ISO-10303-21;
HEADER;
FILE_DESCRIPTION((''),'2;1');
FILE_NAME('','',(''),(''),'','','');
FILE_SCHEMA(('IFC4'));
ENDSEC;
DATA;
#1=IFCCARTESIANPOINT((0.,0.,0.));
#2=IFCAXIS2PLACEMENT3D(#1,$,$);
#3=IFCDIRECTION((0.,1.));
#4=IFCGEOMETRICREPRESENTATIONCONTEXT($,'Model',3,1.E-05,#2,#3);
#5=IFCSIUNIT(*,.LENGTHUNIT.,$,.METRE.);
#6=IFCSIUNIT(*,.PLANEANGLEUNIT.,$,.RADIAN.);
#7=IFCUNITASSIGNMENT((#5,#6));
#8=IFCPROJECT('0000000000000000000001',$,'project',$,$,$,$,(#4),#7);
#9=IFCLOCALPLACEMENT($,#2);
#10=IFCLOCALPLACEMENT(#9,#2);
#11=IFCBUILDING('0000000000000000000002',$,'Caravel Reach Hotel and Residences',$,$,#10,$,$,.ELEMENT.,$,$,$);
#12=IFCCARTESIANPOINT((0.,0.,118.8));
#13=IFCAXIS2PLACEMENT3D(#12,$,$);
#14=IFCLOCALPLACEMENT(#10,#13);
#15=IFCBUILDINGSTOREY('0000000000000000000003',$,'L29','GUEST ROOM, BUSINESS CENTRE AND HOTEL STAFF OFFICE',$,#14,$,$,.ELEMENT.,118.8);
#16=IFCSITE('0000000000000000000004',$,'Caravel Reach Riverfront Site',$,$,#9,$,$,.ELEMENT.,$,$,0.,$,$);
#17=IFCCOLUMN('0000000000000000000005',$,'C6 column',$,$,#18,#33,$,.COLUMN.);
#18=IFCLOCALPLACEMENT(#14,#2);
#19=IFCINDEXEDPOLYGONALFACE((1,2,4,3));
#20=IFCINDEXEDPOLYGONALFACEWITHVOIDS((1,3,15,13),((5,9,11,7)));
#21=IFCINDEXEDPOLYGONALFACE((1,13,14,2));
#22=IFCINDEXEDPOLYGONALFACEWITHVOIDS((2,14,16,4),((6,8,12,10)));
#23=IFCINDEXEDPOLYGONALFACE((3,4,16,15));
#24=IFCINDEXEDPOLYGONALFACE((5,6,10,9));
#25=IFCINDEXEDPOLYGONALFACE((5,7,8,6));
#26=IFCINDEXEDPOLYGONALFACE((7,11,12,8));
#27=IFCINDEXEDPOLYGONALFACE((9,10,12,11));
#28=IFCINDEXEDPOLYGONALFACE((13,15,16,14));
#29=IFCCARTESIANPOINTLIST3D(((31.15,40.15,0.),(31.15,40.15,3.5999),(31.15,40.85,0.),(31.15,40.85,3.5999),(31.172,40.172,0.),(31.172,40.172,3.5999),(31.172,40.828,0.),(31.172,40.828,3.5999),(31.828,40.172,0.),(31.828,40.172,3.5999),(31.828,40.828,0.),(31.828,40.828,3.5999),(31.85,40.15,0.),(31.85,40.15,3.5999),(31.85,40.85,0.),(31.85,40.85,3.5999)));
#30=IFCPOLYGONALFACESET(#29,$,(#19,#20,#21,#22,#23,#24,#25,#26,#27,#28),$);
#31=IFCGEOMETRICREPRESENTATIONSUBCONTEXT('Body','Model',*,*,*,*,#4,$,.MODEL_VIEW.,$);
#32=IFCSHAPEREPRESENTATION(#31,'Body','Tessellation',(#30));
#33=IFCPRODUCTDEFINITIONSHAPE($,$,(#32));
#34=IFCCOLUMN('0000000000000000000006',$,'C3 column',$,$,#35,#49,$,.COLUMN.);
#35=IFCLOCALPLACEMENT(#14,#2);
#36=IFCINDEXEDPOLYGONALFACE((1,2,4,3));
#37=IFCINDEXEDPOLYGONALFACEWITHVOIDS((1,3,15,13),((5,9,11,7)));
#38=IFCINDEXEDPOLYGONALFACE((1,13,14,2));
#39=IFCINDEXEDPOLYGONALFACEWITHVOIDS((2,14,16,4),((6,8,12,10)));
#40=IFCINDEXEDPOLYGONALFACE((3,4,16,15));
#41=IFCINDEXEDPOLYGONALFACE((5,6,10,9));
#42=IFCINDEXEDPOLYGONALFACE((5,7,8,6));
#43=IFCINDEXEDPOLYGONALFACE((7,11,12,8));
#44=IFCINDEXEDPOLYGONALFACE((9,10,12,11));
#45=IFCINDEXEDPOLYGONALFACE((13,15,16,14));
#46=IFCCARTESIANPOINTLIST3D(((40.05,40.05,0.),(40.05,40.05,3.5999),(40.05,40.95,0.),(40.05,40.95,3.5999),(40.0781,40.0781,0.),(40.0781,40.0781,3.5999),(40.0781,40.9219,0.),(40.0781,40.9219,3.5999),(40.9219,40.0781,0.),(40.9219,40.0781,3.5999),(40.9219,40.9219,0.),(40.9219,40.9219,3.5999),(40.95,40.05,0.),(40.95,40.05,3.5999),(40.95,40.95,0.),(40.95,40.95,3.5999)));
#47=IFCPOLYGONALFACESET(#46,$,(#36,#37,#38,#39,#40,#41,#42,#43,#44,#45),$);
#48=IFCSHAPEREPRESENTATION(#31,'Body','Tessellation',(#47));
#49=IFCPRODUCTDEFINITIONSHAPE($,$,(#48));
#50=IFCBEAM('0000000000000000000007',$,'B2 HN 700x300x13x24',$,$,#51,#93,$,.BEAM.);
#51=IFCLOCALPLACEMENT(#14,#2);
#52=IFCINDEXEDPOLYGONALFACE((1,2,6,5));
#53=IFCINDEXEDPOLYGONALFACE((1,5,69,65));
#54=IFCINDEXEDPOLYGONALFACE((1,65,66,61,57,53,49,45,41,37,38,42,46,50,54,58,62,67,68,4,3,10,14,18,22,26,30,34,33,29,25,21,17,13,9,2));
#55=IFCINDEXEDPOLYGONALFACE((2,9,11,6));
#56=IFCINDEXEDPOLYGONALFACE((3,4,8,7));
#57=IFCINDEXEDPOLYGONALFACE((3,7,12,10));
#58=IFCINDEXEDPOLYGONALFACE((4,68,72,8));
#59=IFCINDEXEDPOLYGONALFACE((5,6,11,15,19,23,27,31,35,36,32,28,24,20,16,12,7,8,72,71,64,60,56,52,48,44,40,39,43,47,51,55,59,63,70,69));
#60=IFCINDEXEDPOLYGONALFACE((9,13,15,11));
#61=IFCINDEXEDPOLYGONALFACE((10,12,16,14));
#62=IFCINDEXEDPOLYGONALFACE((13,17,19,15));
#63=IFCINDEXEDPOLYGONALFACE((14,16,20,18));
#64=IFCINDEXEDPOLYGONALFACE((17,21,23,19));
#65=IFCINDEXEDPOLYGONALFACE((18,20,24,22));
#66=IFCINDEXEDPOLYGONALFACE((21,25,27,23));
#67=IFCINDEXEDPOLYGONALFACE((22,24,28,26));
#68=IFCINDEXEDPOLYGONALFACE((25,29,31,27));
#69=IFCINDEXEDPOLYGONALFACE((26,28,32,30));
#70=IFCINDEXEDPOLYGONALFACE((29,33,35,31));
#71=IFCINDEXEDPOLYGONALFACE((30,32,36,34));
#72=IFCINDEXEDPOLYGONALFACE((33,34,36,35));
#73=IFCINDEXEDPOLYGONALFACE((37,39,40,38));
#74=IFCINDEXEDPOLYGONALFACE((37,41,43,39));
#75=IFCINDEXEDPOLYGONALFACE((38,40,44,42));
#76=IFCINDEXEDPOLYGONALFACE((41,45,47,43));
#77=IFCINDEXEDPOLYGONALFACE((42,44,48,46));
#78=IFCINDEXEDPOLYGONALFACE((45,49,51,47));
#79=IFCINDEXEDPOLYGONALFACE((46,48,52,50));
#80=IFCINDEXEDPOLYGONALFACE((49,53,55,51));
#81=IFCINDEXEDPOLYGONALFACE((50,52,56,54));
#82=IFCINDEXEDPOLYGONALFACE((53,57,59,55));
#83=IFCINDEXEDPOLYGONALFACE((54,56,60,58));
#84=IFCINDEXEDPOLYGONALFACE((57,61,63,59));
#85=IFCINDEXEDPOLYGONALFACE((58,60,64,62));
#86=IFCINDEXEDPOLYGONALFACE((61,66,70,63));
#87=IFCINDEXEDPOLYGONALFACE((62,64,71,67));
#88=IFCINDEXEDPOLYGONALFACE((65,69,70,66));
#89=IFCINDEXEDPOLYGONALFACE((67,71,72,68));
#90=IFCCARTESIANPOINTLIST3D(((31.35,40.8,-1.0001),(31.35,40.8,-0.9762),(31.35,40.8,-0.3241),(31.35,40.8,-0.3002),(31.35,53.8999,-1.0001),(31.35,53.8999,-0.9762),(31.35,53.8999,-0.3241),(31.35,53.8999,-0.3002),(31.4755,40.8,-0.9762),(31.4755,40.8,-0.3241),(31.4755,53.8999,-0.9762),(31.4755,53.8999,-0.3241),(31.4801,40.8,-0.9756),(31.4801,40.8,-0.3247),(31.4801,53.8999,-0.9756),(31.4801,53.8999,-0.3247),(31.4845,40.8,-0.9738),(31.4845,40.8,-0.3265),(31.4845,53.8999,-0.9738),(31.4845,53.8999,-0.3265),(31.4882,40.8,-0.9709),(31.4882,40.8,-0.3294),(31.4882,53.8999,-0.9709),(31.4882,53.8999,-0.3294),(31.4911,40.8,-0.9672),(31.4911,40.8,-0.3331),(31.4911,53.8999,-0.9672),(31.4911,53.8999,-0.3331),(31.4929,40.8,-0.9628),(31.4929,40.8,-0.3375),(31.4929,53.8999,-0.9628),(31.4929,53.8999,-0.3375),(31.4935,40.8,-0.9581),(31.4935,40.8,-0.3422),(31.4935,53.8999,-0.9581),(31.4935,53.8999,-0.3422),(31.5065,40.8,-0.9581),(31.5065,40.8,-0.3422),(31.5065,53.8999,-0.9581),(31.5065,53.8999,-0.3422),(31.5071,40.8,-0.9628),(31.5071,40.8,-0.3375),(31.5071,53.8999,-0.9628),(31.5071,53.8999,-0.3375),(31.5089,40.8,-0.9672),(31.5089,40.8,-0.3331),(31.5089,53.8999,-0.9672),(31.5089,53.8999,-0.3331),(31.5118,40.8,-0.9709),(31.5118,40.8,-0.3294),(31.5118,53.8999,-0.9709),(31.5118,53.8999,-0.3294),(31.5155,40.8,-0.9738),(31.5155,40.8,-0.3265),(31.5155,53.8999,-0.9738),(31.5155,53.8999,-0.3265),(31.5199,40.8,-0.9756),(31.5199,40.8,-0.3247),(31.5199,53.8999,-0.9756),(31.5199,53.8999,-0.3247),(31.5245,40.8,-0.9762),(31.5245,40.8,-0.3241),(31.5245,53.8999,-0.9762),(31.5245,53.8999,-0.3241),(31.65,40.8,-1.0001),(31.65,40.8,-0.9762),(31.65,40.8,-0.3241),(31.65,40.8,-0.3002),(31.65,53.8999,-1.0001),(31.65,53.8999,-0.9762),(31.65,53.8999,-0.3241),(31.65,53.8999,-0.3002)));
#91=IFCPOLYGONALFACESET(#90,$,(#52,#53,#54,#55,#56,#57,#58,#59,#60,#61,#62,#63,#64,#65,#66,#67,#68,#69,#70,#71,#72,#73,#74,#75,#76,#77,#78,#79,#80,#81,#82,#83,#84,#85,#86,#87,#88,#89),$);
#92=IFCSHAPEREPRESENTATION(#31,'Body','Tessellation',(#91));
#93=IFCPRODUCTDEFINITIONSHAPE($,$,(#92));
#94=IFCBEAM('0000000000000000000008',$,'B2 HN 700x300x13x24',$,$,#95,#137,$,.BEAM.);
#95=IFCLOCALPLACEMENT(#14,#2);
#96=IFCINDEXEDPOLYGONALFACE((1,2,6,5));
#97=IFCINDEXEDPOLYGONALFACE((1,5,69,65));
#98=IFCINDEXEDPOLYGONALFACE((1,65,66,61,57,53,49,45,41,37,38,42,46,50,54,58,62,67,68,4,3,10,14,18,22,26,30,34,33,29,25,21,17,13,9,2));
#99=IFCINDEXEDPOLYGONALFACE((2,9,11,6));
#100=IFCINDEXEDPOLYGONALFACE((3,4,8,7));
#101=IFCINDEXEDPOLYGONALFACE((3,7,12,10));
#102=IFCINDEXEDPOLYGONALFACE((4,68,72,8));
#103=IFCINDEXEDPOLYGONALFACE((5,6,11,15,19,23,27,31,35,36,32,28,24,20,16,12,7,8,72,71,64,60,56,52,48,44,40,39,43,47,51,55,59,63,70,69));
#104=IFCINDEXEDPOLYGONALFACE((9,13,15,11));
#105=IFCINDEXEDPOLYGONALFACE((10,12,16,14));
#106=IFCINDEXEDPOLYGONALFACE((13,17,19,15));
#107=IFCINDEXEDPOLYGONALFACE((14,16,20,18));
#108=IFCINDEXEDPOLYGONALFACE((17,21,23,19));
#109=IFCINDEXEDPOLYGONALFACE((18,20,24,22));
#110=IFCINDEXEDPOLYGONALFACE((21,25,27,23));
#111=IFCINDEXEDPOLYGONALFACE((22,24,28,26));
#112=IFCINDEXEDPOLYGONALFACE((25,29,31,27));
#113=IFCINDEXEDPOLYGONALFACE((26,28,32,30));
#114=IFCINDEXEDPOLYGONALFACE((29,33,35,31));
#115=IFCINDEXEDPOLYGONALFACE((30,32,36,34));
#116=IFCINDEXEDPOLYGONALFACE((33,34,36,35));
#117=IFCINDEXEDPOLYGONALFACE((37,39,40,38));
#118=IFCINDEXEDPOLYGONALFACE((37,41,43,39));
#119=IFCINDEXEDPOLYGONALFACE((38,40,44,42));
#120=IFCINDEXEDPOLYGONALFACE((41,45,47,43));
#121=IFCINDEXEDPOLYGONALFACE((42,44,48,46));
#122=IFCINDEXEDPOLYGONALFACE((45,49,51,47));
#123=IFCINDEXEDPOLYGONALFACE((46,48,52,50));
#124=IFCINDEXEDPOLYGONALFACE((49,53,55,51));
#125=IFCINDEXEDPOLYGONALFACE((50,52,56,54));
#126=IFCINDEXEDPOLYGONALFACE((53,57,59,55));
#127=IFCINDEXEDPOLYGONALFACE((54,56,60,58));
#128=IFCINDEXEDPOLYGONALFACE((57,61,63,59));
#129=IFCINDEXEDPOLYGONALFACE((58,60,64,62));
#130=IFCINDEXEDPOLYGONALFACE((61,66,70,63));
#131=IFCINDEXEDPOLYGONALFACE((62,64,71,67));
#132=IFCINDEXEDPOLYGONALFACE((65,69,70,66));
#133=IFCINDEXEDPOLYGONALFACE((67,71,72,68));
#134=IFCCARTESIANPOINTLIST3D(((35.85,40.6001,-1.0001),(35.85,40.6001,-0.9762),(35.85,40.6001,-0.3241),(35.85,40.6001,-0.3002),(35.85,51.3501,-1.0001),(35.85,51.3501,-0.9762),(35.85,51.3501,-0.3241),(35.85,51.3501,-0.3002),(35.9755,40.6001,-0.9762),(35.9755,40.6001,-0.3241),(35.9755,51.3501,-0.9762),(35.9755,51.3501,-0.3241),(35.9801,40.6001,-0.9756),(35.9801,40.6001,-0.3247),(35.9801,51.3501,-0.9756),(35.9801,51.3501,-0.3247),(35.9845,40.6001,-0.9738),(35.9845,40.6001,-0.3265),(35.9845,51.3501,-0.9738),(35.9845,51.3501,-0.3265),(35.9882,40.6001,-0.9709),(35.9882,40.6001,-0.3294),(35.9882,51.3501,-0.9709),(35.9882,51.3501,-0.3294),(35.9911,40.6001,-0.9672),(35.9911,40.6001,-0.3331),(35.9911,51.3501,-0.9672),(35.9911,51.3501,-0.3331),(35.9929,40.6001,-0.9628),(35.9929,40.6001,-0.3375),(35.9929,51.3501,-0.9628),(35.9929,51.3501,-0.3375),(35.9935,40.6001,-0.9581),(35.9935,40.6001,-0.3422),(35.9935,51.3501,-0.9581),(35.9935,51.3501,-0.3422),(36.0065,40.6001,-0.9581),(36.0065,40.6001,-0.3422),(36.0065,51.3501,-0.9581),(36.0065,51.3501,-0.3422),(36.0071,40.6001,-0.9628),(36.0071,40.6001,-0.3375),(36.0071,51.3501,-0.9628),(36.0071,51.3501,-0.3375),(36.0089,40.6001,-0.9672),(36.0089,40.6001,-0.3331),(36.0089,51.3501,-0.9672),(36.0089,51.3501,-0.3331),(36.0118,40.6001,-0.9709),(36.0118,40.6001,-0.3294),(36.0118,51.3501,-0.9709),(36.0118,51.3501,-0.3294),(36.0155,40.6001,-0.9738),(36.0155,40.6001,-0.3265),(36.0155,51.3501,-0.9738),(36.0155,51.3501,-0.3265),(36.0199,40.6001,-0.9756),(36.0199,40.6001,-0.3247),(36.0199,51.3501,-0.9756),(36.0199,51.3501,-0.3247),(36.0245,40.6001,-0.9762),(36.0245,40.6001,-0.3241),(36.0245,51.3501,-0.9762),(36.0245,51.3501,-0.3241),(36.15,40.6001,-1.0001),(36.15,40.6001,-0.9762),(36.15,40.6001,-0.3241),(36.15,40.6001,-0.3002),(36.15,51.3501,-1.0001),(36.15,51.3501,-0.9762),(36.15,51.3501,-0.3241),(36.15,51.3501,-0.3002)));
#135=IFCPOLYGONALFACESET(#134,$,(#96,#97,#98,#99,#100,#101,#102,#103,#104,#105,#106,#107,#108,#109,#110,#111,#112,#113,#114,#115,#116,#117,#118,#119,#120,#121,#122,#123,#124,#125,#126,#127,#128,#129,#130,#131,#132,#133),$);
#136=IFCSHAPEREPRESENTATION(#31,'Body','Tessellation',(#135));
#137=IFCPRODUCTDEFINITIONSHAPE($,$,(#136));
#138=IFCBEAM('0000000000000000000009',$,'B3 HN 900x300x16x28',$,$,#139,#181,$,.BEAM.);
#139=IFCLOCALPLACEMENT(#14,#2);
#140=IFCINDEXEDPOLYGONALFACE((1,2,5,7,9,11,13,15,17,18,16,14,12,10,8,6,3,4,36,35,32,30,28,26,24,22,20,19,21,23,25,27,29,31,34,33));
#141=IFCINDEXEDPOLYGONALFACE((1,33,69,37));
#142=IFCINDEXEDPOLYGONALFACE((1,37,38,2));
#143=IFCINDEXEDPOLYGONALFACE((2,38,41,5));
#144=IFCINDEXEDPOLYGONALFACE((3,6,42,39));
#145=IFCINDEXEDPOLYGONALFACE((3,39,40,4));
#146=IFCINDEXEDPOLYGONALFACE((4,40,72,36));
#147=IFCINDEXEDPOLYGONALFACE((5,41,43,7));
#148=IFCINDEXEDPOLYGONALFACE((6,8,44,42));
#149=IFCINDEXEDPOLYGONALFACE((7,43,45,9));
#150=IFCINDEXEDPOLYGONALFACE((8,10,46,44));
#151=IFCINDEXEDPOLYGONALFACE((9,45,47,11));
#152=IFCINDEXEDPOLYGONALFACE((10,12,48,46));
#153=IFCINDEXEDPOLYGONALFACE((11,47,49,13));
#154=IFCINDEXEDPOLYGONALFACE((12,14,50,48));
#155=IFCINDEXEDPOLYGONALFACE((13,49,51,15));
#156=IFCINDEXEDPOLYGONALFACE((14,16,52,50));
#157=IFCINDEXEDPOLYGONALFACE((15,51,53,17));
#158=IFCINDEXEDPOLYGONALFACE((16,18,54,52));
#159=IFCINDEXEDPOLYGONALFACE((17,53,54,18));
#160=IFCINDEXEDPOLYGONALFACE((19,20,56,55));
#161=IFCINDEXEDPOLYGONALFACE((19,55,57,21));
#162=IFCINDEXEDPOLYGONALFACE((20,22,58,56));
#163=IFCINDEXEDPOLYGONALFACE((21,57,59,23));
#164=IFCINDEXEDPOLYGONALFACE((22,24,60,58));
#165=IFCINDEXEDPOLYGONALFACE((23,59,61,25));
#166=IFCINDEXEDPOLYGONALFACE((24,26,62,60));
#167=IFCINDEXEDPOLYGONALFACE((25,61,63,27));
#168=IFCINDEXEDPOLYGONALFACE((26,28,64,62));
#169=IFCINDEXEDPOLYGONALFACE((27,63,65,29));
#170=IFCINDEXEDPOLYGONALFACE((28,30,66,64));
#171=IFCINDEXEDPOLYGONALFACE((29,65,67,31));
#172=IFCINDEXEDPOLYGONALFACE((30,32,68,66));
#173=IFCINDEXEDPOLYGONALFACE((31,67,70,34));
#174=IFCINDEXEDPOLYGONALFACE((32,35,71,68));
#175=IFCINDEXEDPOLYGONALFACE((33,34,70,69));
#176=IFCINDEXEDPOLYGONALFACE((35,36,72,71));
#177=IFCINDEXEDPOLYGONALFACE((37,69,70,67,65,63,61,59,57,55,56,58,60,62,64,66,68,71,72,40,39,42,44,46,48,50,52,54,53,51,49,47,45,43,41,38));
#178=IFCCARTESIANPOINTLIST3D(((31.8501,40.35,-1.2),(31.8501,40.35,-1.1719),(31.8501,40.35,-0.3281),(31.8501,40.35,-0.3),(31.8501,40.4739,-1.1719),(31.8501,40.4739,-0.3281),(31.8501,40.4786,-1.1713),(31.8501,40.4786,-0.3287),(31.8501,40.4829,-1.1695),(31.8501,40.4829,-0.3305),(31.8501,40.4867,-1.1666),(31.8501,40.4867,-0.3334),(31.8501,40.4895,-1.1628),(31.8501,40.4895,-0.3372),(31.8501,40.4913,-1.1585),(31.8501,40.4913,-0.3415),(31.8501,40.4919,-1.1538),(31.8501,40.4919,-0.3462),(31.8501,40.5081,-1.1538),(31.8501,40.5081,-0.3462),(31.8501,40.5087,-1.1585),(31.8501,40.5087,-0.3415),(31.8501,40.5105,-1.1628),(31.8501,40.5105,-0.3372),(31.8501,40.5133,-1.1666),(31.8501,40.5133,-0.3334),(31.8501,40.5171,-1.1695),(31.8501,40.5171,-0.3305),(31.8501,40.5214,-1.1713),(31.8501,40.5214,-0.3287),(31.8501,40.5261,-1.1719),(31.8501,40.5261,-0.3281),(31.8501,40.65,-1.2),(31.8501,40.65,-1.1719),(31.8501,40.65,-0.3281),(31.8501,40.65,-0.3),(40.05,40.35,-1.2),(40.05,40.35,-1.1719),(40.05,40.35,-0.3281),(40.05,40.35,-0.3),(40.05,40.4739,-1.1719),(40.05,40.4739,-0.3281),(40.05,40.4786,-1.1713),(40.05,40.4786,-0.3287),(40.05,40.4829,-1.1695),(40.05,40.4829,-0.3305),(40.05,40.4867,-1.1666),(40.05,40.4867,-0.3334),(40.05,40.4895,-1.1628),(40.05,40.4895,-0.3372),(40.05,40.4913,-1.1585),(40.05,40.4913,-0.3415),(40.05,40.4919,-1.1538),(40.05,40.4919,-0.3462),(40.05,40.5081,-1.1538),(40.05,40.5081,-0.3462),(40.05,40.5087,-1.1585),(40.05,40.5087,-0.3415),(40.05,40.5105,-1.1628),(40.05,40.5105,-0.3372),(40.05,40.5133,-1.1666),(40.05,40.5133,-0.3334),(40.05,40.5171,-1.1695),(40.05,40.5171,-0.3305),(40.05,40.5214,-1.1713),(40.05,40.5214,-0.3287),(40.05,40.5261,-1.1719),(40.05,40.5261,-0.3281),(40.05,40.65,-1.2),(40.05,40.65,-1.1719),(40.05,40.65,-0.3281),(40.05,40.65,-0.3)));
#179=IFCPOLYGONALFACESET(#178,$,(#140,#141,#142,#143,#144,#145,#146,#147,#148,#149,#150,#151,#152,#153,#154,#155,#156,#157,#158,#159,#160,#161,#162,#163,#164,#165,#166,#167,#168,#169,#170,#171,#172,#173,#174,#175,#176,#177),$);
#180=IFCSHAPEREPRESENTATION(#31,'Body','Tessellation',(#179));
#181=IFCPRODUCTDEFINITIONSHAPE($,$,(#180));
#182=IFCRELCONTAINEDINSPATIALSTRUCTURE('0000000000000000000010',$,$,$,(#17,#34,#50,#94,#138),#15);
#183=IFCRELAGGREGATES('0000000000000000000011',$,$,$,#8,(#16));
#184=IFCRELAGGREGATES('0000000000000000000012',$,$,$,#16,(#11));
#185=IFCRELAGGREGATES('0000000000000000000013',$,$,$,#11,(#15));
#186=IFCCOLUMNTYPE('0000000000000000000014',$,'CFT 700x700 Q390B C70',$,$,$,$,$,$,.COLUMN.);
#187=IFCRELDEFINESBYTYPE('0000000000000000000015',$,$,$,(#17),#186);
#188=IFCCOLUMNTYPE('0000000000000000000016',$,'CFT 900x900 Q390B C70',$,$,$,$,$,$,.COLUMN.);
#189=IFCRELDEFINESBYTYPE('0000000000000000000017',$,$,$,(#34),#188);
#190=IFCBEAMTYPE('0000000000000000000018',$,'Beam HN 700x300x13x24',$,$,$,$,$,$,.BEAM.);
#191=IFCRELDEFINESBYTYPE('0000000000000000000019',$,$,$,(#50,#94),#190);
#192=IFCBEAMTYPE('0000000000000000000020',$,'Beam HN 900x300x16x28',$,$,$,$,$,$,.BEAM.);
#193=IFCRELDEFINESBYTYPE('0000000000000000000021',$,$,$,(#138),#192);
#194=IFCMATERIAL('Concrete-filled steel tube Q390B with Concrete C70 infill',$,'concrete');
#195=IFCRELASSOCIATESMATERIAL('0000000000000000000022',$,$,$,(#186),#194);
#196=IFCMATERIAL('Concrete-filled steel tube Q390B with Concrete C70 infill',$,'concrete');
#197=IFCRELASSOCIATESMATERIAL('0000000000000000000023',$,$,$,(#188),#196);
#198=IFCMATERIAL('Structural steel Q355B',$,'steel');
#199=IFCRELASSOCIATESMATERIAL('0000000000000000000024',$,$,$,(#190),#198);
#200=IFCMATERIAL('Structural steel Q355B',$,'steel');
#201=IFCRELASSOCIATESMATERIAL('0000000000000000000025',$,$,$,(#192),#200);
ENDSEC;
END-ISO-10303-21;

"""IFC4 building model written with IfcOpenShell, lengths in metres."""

from ifc_helpers import new_model, si_unit, direction, frame, origin, origin_2d, place, context, subcontext, project, spatial, hollow_rectangle, i_section, extrude, material, material_profile, profile_set, type_object, element, save


model = new_model("IFC4")

# Units and contexts
model_context = context("Model", 3, precision=1e-05, world=origin(), true_north=direction((0.0, 1.0)))
body_context = subcontext(model_context, "Body", "Model", "MODEL_VIEW")
ifc_project = project(units=[si_unit("LENGTHUNIT", "METRE"), si_unit("PLANEANGLEUNIT", "RADIAN")], contexts=[model_context])

# Site, building, storey
site_placement = place(None, origin())
site = spatial("IfcSite", under=ifc_project, at=site_placement, Name="Caravel Reach Riverfront Site", CompositionType="ELEMENT", RefElevation=0.0)
building_placement = place(site_placement, origin())
building = spatial("IfcBuilding", under=site, at=building_placement, Name="Caravel Reach Hotel and Residences", CompositionType="ELEMENT")
storey_placement = place(building_placement, frame((0.0, 0.0, 118.8)))
storey = spatial("IfcBuildingStorey", under=building, at=storey_placement, Name="L29", Description="GUEST ROOM, BUSINESS CENTRE AND HOTEL STAFF OFFICE", CompositionType="ELEMENT", Elevation=118.8)

# Columns
ifc_material_1 = material(Name="Concrete-filled steel tube Q390B with Concrete C70 infill", Category="concrete")
ifc_material_profile_1 = material_profile(ifc_material_1, hollow_rectangle(XDim=0.7, YDim=0.7, WallThickness=0.022, at=origin_2d()), Name="RHS 700x700x22")
ifc_profile_set_1 = profile_set([ifc_material_profile_1], Name="Concrete-filled steel tube Q390B with Concrete C70 infill")
column_type_1 = type_object("IfcColumnType", Name="CFT 700x700 Q390B C70", PredefinedType="COLUMN", material=ifc_profile_set_1)
column_1_placement = place(storey_placement, frame((31.5, 40.5, 0.0), z_axis=(0.0, 0.0, 1.0), x_axis=(1.0, 0.0, 0.0)))
element("IfcColumn", 1, at=column_1_placement, inside=storey, type_object=column_type_1, Name="C6 column", PredefinedType="COLUMN", context=body_context, shape_type="SweptSolid", body=[
    extrude(hollow_rectangle(XDim=0.7, YDim=0.7, WallThickness=0.022, at=origin_2d()), origin(), (0.0, 0.0, 1.0), 3.5999),
])
ifc_material_2 = material(Name="Concrete-filled steel tube Q390B with Concrete C70 infill", Category="concrete")
ifc_material_profile_2 = material_profile(ifc_material_2, hollow_rectangle(XDim=0.8999, YDim=0.8999, WallThickness=0.0281, at=origin_2d()), Name="RHS 900x900x28")
ifc_profile_set_2 = profile_set([ifc_material_profile_2], Name="Concrete-filled steel tube Q390B with Concrete C70 infill")
column_type_2 = type_object("IfcColumnType", Name="CFT 900x900 Q390B C70", PredefinedType="COLUMN", material=ifc_profile_set_2)
column_2_placement = place(storey_placement, frame((40.5, 40.5, 0.0), z_axis=(0.0, 0.0, 1.0), x_axis=(1.0, 0.0, 0.0)))
element("IfcColumn", 2, at=column_2_placement, inside=storey, type_object=column_type_2, Name="C3 column", PredefinedType="COLUMN", context=body_context, shape_type="SweptSolid", body=[
    extrude(hollow_rectangle(XDim=0.8999, YDim=0.8999, WallThickness=0.0281, at=origin_2d()), origin(), (0.0, 0.0, 1.0), 3.5999),
])

# Beams
ifc_material_3 = material(Name="Structural steel Q355B", Category="steel")
ifc_material_profile_3 = material_profile(ifc_material_3, i_section(OverallWidth=0.3, OverallDepth=0.7, WebThickness=0.0129, FlangeThickness=0.0239, FilletRadius=0.0181, at=origin_2d()), Name="HN 700x300x13x24")
ifc_profile_set_3 = profile_set([ifc_material_profile_3], Name="Structural steel Q355B")
beam_type_1 = type_object("IfcBeamType", Name="Beam HN 700x300x13x24", PredefinedType="BEAM", material=ifc_profile_set_3)
beam_1_placement = place(storey_placement, frame((31.5, 40.8, -0.6501), z_axis=(0.0, 1.0, 0.0), x_axis=(-1.0, 0.0, 0.0)))
element("IfcBeam", 3, at=beam_1_placement, inside=storey, type_object=beam_type_1, Name="B2 HN 700x300x13x24", PredefinedType="BEAM", context=body_context, shape_type="SweptSolid", body=[
    extrude(i_section(OverallWidth=0.3, OverallDepth=0.7, WebThickness=0.0129, FlangeThickness=0.0239, FilletRadius=0.0181, at=origin_2d()), origin(), (0.0, 0.0, 1.0), 13.0999),
])
beam_2_placement = place(storey_placement, frame((36.0, 40.6001, -0.6501), z_axis=(0.0, 1.0, 0.0), x_axis=(-1.0, 0.0, 0.0)))
element("IfcBeam", 4, at=beam_2_placement, inside=storey, type_object=beam_type_1, Name="B2 HN 700x300x13x24", PredefinedType="BEAM", context=body_context, shape_type="SweptSolid", body=[
    extrude(i_section(OverallWidth=0.3, OverallDepth=0.7, WebThickness=0.0129, FlangeThickness=0.0239, FilletRadius=0.0181, at=origin_2d()), origin(), (0.0, 0.0, 1.0), 10.75),
])
ifc_material_4 = material(Name="Structural steel Q355B", Category="steel")
ifc_material_profile_4 = material_profile(ifc_material_4, i_section(OverallWidth=0.3, OverallDepth=0.8999, WebThickness=0.0161, FlangeThickness=0.0281, FilletRadius=0.0181, at=origin_2d()), Name="HN 900x300x16x28")
ifc_profile_set_4 = profile_set([ifc_material_profile_4], Name="Structural steel Q355B")
beam_type_2 = type_object("IfcBeamType", Name="Beam HN 900x300x16x28", PredefinedType="BEAM", material=ifc_profile_set_4)
beam_3_placement = place(storey_placement, frame((31.8501, 40.5, -0.75), z_axis=(1.0, 0.0, 0.0), x_axis=(0.0, 1.0, 0.0)))
element("IfcBeam", 5, at=beam_3_placement, inside=storey, type_object=beam_type_2, Name="B3 HN 900x300x16x28", PredefinedType="BEAM", context=body_context, shape_type="SweptSolid", body=[
    extrude(i_section(OverallWidth=0.3, OverallDepth=0.8999, WebThickness=0.0161, FlangeThickness=0.0281, FilletRadius=0.0181, at=origin_2d()), origin(), (0.0, 0.0, 1.0), 8.2),
])

save(model, "model.ifc")
